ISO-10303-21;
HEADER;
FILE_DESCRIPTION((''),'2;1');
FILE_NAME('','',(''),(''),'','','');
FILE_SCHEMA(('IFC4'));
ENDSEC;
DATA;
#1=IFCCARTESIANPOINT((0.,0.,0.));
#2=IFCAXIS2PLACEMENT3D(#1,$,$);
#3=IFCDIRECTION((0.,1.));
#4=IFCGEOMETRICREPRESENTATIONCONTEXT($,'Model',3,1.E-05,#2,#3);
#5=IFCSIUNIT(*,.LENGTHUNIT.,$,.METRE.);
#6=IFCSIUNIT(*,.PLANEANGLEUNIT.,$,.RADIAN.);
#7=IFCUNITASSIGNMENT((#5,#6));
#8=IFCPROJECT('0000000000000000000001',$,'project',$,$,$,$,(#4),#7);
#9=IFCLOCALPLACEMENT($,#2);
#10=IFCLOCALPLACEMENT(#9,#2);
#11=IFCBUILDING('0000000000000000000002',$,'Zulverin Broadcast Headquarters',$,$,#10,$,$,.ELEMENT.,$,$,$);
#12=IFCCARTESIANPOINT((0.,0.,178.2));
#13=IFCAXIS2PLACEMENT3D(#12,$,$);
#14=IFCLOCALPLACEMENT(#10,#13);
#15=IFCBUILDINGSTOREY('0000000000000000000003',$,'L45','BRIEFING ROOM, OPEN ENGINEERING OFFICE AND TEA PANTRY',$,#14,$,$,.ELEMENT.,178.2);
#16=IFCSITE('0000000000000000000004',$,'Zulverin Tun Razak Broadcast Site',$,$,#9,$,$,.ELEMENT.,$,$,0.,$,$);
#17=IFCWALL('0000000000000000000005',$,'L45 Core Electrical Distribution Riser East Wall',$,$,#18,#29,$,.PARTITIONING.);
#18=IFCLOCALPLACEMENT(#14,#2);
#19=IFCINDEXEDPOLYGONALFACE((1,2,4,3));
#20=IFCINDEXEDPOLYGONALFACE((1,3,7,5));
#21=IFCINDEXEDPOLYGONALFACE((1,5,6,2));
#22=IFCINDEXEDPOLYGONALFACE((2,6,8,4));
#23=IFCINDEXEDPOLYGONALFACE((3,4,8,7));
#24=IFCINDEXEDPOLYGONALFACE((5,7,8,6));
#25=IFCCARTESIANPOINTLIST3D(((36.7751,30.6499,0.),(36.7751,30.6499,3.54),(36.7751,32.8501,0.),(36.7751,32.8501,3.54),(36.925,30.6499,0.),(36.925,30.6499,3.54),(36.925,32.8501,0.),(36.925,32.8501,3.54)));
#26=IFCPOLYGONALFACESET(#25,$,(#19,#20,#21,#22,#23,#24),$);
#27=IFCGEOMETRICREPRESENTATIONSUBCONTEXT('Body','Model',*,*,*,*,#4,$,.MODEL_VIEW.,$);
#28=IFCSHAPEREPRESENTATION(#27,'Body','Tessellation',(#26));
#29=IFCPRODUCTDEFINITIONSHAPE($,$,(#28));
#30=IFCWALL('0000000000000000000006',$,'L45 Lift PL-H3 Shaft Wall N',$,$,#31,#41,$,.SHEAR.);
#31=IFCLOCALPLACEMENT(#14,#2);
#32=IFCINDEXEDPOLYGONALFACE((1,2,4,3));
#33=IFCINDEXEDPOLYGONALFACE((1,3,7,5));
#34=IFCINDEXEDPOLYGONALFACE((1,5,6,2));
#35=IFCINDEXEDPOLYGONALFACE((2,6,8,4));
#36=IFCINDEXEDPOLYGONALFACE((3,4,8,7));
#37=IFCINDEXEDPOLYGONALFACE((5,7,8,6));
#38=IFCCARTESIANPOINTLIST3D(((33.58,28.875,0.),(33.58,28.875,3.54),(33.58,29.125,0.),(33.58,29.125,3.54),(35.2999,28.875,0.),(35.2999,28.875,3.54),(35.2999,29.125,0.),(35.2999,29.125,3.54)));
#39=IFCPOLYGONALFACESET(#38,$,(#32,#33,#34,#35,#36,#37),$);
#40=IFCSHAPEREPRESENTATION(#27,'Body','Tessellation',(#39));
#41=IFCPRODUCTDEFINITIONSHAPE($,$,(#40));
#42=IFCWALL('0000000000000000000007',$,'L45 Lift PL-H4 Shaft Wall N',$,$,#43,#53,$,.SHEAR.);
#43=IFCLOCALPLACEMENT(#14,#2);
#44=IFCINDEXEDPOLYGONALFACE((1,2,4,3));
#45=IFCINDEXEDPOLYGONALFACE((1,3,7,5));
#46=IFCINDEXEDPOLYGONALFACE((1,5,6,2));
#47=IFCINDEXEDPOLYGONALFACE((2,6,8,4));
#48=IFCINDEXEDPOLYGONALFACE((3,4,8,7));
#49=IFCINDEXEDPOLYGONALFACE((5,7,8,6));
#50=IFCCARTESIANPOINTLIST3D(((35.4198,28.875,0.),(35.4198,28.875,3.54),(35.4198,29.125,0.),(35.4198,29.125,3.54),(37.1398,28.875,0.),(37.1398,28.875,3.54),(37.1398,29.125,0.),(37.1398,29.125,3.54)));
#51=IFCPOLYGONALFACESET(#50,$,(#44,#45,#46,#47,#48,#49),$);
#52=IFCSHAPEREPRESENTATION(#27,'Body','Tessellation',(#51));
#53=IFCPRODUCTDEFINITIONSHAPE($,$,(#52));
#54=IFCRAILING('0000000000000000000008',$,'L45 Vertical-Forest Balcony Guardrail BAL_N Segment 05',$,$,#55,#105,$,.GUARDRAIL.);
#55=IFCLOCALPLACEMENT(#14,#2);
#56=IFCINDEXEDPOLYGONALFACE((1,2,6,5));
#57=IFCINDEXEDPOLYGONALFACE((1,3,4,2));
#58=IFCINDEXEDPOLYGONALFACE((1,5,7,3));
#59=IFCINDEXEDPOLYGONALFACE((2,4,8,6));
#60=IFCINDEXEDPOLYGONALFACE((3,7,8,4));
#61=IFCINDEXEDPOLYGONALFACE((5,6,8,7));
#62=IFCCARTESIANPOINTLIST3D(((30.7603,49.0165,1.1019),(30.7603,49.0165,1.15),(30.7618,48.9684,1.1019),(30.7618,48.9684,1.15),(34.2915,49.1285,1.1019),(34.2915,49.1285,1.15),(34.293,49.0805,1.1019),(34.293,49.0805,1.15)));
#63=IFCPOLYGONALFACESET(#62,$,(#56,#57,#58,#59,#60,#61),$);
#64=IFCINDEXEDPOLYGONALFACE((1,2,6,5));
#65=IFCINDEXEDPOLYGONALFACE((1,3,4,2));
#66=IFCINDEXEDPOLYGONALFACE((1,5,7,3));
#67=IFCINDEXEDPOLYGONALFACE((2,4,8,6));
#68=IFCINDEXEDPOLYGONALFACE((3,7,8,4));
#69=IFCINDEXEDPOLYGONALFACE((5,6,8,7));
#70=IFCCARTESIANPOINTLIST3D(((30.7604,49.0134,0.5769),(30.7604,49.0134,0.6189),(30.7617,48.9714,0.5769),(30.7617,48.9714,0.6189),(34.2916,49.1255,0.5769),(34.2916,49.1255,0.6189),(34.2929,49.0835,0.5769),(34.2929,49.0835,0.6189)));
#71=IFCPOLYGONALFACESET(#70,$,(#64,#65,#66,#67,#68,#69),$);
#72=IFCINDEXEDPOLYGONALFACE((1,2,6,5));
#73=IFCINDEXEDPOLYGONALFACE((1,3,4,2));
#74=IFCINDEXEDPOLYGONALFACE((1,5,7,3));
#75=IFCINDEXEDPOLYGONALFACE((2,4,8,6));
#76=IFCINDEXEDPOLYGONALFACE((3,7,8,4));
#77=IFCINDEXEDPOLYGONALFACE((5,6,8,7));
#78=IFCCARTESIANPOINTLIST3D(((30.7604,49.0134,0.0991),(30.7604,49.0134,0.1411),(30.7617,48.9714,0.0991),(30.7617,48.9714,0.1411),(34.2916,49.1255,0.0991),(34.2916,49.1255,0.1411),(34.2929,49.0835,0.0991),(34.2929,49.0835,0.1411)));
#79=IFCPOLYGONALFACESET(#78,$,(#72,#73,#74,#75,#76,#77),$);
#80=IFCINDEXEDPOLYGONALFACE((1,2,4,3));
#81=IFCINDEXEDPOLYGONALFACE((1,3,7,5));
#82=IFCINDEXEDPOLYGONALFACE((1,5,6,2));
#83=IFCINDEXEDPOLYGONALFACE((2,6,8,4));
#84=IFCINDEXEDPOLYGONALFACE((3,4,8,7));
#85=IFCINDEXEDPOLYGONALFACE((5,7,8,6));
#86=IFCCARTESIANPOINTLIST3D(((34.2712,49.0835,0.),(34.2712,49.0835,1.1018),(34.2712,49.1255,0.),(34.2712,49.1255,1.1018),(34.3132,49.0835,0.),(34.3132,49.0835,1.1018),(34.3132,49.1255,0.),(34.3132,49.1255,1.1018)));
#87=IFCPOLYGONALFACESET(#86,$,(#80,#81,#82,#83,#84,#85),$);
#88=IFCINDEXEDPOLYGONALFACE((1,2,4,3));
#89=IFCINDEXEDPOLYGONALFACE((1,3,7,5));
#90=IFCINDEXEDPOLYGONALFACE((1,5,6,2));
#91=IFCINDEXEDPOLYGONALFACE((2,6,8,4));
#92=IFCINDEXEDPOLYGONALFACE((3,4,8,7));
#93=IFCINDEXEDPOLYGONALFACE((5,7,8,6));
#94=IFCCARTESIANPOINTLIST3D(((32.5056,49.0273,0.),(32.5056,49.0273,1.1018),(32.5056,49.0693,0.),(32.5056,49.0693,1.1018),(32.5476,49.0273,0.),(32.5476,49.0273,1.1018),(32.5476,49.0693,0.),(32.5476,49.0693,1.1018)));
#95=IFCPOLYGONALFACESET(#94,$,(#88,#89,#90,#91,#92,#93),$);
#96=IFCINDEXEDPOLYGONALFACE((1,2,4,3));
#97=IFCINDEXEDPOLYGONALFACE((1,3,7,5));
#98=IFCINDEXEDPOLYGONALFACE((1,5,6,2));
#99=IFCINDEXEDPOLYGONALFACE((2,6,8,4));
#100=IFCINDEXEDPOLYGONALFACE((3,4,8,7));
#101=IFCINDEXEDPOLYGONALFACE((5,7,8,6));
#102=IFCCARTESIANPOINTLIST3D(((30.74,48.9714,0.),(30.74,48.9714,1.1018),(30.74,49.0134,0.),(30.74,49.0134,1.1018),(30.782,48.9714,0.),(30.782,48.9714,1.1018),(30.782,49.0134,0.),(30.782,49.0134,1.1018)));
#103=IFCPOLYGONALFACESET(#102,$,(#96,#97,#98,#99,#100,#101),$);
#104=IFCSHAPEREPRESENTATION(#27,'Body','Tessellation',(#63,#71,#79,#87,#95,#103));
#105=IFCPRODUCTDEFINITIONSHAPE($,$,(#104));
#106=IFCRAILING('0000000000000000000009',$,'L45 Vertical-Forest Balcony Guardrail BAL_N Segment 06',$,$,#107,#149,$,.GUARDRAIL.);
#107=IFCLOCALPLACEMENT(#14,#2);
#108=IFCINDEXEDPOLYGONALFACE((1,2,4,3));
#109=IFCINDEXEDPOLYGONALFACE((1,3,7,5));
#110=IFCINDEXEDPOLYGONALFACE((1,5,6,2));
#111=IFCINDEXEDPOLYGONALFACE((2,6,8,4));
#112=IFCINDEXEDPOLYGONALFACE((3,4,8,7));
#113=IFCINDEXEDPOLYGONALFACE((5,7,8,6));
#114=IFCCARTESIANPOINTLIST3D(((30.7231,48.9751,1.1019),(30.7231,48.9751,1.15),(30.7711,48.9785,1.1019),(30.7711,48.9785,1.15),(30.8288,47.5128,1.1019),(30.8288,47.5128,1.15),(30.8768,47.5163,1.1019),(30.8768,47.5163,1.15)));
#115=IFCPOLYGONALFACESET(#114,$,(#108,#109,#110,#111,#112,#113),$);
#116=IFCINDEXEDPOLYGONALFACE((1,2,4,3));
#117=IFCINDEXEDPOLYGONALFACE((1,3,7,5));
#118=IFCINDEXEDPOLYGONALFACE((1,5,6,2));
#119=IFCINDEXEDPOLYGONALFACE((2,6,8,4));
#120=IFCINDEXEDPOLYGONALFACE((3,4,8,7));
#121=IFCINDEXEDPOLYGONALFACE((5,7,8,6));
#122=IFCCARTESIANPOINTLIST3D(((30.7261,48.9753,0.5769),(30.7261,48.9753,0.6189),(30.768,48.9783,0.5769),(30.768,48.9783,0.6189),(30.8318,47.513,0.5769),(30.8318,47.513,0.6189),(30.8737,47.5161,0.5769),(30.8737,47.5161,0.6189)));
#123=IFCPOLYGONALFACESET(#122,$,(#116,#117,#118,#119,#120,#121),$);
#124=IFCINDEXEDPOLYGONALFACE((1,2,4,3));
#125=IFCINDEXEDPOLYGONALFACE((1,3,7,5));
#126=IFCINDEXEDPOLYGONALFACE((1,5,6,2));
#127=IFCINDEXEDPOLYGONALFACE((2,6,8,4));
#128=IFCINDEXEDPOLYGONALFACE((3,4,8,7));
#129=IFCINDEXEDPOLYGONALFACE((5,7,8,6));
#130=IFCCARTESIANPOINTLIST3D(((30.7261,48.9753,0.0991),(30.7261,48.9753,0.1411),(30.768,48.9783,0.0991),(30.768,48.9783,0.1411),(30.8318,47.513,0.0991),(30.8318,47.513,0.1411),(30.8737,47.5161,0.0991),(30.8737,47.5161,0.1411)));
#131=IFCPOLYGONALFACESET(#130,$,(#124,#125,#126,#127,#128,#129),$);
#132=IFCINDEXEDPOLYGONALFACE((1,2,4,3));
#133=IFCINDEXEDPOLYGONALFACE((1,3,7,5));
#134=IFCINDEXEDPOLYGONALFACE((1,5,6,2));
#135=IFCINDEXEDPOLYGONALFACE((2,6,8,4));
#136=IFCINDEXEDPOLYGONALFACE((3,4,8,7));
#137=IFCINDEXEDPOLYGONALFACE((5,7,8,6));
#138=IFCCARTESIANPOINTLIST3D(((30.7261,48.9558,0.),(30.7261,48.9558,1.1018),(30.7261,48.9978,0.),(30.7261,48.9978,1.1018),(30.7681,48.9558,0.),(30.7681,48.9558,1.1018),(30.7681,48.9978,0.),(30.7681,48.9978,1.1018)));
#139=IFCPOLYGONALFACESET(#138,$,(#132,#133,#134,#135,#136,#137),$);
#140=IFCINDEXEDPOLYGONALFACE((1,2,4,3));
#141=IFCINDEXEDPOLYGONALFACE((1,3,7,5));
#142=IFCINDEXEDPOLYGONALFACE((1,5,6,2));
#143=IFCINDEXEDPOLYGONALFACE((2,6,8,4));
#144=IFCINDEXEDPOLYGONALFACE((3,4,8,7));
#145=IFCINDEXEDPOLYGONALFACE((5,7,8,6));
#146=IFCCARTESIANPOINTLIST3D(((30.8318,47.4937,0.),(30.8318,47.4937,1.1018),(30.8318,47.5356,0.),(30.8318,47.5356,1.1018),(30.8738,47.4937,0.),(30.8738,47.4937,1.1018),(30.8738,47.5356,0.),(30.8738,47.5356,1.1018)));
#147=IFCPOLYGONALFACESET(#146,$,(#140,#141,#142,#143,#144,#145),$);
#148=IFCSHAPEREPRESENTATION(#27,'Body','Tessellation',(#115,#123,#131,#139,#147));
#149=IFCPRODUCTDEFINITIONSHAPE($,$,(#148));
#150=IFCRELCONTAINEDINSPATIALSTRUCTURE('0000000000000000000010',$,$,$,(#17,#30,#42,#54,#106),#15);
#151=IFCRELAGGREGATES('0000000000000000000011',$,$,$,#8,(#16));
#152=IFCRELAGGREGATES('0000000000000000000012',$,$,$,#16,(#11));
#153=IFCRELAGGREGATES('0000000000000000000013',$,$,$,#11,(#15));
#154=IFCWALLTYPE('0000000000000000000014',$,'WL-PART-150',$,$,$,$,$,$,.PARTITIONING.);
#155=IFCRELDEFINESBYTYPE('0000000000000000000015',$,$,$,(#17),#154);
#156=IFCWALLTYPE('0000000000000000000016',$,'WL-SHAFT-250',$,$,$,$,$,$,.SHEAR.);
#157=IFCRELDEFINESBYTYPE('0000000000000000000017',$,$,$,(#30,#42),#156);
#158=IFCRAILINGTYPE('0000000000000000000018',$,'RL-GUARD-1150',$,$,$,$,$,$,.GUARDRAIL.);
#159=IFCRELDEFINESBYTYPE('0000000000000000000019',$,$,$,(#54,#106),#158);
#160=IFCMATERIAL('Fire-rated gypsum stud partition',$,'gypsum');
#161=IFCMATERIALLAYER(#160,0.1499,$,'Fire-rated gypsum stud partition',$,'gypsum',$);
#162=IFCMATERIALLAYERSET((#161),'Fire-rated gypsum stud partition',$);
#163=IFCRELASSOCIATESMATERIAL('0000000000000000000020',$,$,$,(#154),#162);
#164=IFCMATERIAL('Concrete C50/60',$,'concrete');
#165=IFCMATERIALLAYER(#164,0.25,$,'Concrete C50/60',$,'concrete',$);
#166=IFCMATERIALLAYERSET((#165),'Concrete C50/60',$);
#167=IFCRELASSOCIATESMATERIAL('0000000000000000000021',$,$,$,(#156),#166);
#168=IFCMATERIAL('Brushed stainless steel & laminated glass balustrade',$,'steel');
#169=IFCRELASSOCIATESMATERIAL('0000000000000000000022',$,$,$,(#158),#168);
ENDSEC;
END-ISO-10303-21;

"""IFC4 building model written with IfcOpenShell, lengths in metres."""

from ifc_helpers import new_model, si_unit, direction, frame, frame_2d, origin, origin_2d, place, context, subcontext, project, spatial, rectangle, extrude, material, layer, layer_set, type_object, element, save


model = new_model("IFC4")

# Units and contexts
model_context = context("Model", 3, precision=1e-05, world=origin(), true_north=direction((0.0, 1.0)))
body_context = subcontext(model_context, "Body", "Model", "MODEL_VIEW")
ifc_project = project(units=[si_unit("LENGTHUNIT", "METRE"), si_unit("PLANEANGLEUNIT", "RADIAN")], contexts=[model_context])

# Site, building, storey
site_placement = place(None, origin())
site = spatial("IfcSite", under=ifc_project, at=site_placement, Name="Zulverin Tun Razak Broadcast Site", CompositionType="ELEMENT", RefElevation=0.0)
building_placement = place(site_placement, origin())
building = spatial("IfcBuilding", under=site, at=building_placement, Name="Zulverin Broadcast Headquarters", CompositionType="ELEMENT")
storey_placement = place(building_placement, frame((0.0, 0.0, 178.2)))
storey = spatial("IfcBuildingStorey", under=building, at=storey_placement, Name="L45", Description="BRIEFING ROOM, OPEN ENGINEERING OFFICE AND TEA PANTRY", CompositionType="ELEMENT", Elevation=178.2)

# Shared definitions
ifc_material_1 = material(Name="Concrete C50/60", Category="concrete")

# Shared definitions
ifc_material_2 = material(Name="Fire-rated gypsum stud partition", Category="gypsum")
ifc_layer_1 = layer(ifc_material_2, 0.1499, Name="Fire-rated gypsum stud partition", Category="gypsum")
ifc_layer_set_1 = layer_set([ifc_layer_1], Name="Fire-rated gypsum stud partition")
wall_type_1 = type_object("IfcWallType", Name="WL-PART-150", PredefinedType="PARTITIONING", material=ifc_layer_set_1)

# Walls
for number, where, z_axis, x_axis, name in (
    (1, (36.8501, 30.6499, 0.0), (0.0, 0.0, 1.0), (0.0, 1.0, 0.0), "L45 Core Electrical Distribution Riser East Wall"),
):
    element("IfcWall", number, at=place(storey_placement, frame(where, z_axis=z_axis, x_axis=x_axis)), inside=storey, type_object=wall_type_1, Name=name, PredefinedType="PARTITIONING", context=body_context, shape_type="SweptSolid", body=[
        extrude(rectangle(XDim=2.2002, YDim=0.1499, at=frame_2d((1.1001, 0.0))), origin(), (0.0, 0.0, 1.0), 3.54),
    ])
ifc_layer_2 = layer(ifc_material_1, 0.25, Name="Concrete C50/60", Category="concrete")
ifc_layer_set_2 = layer_set([ifc_layer_2], Name="Concrete C50/60")
wall_type_2 = type_object("IfcWallType", Name="WL-SHAFT-250", PredefinedType="SHEAR", material=ifc_layer_set_2)
for number, where, z_axis, x_axis, name in (
    (2, (33.5801, 29.0, 0.0), (0.0, 0.0, 1.0), (1.0, 0.0, 0.0), "L45 Lift PL-H3 Shaft Wall N"),
    (3, (35.4199, 29.0, 0.0), (0.0, 0.0, 1.0), (1.0, 0.0, 0.0), "L45 Lift PL-H4 Shaft Wall N"),
):
    element("IfcWall", number, at=place(storey_placement, frame(where, z_axis=z_axis, x_axis=x_axis)), inside=storey, type_object=wall_type_2, Name=name, PredefinedType="SHEAR", context=body_context, shape_type="SweptSolid", body=[
        extrude(rectangle(XDim=1.72, YDim=0.25, at=frame_2d((0.8599, 0.0))), origin(), (0.0, 0.0, 1.0), 3.54),
    ])

# Railings
ifc_material_3 = material(Name="Brushed stainless steel & laminated glass balustrade", Category="steel")
railing_type = type_object("IfcRailingType", Name="RL-GUARD-1150", PredefinedType="GUARDRAIL", material=ifc_material_3)
railing_1_placement = place(storey_placement, frame((34.2922, 49.1045, 0.0)))
element("IfcRailing", 4, at=railing_1_placement, inside=storey, type_object=railing_type, Name="L45 Vertical-Forest Balcony Guardrail BAL_N Segment 05", PredefinedType="GUARDRAIL", context=body_context, shape_type="SweptSolid", body=[
    extrude(rectangle(XDim=0.0481, YDim=0.0481, at=origin_2d()), frame((0.0, 0.0, 1.126), z_axis=(-0.999497, -0.031718, 0.0), x_axis=(0.031718, -0.999497, 0.0)), (0.0, 0.0, 1.0), 3.533),
    extrude(rectangle(XDim=0.042, YDim=0.042, at=origin_2d()), frame((0.0, 0.0, 0.5979), z_axis=(-0.999497, -0.031718, 0.0), x_axis=(0.031718, -0.999497, 0.0)), (0.0, 0.0, 1.0), 3.533),
    extrude(rectangle(XDim=0.042, YDim=0.042, at=origin_2d()), frame((0.0, 0.0, 0.1201), z_axis=(-0.999497, -0.031718, 0.0), x_axis=(0.031718, -0.999497, 0.0)), (0.0, 0.0, 1.0), 3.533),
    extrude(rectangle(XDim=0.042, YDim=0.042, at=origin_2d()), origin(), (0.0, 0.0, 1.0), 1.1018),
    extrude(rectangle(XDim=0.042, YDim=0.042, at=origin_2d()), frame((-1.7656, -0.0562, 0.0)), (0.0, 0.0, 1.0), 1.1018),
    extrude(rectangle(XDim=0.042, YDim=0.042, at=origin_2d()), frame((-3.5312, -0.1121, 0.0)), (0.0, 0.0, 1.0), 1.1018),
])
railing_2_placement = place(storey_placement, frame((30.7471, 48.9768, 0.0)))
element("IfcRailing", 5, at=railing_2_placement, inside=storey, type_object=railing_type, Name="L45 Vertical-Forest Balcony Guardrail BAL_N Segment 06", PredefinedType="GUARDRAIL", context=body_context, shape_type="SweptSolid", body=[
    extrude(rectangle(XDim=0.0481, YDim=0.0481, at=origin_2d()), frame((0.0, 0.0, 1.126), z_axis=(0.072111, -0.997397, 0.0), x_axis=(0.997397, 0.072111, 0.0)), (0.0, 0.0, 1.0), 1.4661),
    extrude(rectangle(XDim=0.042, YDim=0.042, at=origin_2d()), frame((0.0, 0.0, 0.5979), z_axis=(0.072111, -0.997397, 0.0), x_axis=(0.997397, 0.072111, 0.0)), (0.0, 0.0, 1.0), 1.4661),
    extrude(rectangle(XDim=0.042, YDim=0.042, at=origin_2d()), frame((0.0, 0.0, 0.1201), z_axis=(0.072111, -0.997397, 0.0), x_axis=(0.997397, 0.072111, 0.0)), (0.0, 0.0, 1.0), 1.4661),
    extrude(rectangle(XDim=0.042, YDim=0.042, at=origin_2d()), origin(), (0.0, 0.0, 1.0), 1.1018),
    extrude(rectangle(XDim=0.042, YDim=0.042, at=origin_2d()), frame((0.1057, -1.4622, 0.0)), (0.0, 0.0, 1.0), 1.1018),
])

save(model, "model.ifc")
